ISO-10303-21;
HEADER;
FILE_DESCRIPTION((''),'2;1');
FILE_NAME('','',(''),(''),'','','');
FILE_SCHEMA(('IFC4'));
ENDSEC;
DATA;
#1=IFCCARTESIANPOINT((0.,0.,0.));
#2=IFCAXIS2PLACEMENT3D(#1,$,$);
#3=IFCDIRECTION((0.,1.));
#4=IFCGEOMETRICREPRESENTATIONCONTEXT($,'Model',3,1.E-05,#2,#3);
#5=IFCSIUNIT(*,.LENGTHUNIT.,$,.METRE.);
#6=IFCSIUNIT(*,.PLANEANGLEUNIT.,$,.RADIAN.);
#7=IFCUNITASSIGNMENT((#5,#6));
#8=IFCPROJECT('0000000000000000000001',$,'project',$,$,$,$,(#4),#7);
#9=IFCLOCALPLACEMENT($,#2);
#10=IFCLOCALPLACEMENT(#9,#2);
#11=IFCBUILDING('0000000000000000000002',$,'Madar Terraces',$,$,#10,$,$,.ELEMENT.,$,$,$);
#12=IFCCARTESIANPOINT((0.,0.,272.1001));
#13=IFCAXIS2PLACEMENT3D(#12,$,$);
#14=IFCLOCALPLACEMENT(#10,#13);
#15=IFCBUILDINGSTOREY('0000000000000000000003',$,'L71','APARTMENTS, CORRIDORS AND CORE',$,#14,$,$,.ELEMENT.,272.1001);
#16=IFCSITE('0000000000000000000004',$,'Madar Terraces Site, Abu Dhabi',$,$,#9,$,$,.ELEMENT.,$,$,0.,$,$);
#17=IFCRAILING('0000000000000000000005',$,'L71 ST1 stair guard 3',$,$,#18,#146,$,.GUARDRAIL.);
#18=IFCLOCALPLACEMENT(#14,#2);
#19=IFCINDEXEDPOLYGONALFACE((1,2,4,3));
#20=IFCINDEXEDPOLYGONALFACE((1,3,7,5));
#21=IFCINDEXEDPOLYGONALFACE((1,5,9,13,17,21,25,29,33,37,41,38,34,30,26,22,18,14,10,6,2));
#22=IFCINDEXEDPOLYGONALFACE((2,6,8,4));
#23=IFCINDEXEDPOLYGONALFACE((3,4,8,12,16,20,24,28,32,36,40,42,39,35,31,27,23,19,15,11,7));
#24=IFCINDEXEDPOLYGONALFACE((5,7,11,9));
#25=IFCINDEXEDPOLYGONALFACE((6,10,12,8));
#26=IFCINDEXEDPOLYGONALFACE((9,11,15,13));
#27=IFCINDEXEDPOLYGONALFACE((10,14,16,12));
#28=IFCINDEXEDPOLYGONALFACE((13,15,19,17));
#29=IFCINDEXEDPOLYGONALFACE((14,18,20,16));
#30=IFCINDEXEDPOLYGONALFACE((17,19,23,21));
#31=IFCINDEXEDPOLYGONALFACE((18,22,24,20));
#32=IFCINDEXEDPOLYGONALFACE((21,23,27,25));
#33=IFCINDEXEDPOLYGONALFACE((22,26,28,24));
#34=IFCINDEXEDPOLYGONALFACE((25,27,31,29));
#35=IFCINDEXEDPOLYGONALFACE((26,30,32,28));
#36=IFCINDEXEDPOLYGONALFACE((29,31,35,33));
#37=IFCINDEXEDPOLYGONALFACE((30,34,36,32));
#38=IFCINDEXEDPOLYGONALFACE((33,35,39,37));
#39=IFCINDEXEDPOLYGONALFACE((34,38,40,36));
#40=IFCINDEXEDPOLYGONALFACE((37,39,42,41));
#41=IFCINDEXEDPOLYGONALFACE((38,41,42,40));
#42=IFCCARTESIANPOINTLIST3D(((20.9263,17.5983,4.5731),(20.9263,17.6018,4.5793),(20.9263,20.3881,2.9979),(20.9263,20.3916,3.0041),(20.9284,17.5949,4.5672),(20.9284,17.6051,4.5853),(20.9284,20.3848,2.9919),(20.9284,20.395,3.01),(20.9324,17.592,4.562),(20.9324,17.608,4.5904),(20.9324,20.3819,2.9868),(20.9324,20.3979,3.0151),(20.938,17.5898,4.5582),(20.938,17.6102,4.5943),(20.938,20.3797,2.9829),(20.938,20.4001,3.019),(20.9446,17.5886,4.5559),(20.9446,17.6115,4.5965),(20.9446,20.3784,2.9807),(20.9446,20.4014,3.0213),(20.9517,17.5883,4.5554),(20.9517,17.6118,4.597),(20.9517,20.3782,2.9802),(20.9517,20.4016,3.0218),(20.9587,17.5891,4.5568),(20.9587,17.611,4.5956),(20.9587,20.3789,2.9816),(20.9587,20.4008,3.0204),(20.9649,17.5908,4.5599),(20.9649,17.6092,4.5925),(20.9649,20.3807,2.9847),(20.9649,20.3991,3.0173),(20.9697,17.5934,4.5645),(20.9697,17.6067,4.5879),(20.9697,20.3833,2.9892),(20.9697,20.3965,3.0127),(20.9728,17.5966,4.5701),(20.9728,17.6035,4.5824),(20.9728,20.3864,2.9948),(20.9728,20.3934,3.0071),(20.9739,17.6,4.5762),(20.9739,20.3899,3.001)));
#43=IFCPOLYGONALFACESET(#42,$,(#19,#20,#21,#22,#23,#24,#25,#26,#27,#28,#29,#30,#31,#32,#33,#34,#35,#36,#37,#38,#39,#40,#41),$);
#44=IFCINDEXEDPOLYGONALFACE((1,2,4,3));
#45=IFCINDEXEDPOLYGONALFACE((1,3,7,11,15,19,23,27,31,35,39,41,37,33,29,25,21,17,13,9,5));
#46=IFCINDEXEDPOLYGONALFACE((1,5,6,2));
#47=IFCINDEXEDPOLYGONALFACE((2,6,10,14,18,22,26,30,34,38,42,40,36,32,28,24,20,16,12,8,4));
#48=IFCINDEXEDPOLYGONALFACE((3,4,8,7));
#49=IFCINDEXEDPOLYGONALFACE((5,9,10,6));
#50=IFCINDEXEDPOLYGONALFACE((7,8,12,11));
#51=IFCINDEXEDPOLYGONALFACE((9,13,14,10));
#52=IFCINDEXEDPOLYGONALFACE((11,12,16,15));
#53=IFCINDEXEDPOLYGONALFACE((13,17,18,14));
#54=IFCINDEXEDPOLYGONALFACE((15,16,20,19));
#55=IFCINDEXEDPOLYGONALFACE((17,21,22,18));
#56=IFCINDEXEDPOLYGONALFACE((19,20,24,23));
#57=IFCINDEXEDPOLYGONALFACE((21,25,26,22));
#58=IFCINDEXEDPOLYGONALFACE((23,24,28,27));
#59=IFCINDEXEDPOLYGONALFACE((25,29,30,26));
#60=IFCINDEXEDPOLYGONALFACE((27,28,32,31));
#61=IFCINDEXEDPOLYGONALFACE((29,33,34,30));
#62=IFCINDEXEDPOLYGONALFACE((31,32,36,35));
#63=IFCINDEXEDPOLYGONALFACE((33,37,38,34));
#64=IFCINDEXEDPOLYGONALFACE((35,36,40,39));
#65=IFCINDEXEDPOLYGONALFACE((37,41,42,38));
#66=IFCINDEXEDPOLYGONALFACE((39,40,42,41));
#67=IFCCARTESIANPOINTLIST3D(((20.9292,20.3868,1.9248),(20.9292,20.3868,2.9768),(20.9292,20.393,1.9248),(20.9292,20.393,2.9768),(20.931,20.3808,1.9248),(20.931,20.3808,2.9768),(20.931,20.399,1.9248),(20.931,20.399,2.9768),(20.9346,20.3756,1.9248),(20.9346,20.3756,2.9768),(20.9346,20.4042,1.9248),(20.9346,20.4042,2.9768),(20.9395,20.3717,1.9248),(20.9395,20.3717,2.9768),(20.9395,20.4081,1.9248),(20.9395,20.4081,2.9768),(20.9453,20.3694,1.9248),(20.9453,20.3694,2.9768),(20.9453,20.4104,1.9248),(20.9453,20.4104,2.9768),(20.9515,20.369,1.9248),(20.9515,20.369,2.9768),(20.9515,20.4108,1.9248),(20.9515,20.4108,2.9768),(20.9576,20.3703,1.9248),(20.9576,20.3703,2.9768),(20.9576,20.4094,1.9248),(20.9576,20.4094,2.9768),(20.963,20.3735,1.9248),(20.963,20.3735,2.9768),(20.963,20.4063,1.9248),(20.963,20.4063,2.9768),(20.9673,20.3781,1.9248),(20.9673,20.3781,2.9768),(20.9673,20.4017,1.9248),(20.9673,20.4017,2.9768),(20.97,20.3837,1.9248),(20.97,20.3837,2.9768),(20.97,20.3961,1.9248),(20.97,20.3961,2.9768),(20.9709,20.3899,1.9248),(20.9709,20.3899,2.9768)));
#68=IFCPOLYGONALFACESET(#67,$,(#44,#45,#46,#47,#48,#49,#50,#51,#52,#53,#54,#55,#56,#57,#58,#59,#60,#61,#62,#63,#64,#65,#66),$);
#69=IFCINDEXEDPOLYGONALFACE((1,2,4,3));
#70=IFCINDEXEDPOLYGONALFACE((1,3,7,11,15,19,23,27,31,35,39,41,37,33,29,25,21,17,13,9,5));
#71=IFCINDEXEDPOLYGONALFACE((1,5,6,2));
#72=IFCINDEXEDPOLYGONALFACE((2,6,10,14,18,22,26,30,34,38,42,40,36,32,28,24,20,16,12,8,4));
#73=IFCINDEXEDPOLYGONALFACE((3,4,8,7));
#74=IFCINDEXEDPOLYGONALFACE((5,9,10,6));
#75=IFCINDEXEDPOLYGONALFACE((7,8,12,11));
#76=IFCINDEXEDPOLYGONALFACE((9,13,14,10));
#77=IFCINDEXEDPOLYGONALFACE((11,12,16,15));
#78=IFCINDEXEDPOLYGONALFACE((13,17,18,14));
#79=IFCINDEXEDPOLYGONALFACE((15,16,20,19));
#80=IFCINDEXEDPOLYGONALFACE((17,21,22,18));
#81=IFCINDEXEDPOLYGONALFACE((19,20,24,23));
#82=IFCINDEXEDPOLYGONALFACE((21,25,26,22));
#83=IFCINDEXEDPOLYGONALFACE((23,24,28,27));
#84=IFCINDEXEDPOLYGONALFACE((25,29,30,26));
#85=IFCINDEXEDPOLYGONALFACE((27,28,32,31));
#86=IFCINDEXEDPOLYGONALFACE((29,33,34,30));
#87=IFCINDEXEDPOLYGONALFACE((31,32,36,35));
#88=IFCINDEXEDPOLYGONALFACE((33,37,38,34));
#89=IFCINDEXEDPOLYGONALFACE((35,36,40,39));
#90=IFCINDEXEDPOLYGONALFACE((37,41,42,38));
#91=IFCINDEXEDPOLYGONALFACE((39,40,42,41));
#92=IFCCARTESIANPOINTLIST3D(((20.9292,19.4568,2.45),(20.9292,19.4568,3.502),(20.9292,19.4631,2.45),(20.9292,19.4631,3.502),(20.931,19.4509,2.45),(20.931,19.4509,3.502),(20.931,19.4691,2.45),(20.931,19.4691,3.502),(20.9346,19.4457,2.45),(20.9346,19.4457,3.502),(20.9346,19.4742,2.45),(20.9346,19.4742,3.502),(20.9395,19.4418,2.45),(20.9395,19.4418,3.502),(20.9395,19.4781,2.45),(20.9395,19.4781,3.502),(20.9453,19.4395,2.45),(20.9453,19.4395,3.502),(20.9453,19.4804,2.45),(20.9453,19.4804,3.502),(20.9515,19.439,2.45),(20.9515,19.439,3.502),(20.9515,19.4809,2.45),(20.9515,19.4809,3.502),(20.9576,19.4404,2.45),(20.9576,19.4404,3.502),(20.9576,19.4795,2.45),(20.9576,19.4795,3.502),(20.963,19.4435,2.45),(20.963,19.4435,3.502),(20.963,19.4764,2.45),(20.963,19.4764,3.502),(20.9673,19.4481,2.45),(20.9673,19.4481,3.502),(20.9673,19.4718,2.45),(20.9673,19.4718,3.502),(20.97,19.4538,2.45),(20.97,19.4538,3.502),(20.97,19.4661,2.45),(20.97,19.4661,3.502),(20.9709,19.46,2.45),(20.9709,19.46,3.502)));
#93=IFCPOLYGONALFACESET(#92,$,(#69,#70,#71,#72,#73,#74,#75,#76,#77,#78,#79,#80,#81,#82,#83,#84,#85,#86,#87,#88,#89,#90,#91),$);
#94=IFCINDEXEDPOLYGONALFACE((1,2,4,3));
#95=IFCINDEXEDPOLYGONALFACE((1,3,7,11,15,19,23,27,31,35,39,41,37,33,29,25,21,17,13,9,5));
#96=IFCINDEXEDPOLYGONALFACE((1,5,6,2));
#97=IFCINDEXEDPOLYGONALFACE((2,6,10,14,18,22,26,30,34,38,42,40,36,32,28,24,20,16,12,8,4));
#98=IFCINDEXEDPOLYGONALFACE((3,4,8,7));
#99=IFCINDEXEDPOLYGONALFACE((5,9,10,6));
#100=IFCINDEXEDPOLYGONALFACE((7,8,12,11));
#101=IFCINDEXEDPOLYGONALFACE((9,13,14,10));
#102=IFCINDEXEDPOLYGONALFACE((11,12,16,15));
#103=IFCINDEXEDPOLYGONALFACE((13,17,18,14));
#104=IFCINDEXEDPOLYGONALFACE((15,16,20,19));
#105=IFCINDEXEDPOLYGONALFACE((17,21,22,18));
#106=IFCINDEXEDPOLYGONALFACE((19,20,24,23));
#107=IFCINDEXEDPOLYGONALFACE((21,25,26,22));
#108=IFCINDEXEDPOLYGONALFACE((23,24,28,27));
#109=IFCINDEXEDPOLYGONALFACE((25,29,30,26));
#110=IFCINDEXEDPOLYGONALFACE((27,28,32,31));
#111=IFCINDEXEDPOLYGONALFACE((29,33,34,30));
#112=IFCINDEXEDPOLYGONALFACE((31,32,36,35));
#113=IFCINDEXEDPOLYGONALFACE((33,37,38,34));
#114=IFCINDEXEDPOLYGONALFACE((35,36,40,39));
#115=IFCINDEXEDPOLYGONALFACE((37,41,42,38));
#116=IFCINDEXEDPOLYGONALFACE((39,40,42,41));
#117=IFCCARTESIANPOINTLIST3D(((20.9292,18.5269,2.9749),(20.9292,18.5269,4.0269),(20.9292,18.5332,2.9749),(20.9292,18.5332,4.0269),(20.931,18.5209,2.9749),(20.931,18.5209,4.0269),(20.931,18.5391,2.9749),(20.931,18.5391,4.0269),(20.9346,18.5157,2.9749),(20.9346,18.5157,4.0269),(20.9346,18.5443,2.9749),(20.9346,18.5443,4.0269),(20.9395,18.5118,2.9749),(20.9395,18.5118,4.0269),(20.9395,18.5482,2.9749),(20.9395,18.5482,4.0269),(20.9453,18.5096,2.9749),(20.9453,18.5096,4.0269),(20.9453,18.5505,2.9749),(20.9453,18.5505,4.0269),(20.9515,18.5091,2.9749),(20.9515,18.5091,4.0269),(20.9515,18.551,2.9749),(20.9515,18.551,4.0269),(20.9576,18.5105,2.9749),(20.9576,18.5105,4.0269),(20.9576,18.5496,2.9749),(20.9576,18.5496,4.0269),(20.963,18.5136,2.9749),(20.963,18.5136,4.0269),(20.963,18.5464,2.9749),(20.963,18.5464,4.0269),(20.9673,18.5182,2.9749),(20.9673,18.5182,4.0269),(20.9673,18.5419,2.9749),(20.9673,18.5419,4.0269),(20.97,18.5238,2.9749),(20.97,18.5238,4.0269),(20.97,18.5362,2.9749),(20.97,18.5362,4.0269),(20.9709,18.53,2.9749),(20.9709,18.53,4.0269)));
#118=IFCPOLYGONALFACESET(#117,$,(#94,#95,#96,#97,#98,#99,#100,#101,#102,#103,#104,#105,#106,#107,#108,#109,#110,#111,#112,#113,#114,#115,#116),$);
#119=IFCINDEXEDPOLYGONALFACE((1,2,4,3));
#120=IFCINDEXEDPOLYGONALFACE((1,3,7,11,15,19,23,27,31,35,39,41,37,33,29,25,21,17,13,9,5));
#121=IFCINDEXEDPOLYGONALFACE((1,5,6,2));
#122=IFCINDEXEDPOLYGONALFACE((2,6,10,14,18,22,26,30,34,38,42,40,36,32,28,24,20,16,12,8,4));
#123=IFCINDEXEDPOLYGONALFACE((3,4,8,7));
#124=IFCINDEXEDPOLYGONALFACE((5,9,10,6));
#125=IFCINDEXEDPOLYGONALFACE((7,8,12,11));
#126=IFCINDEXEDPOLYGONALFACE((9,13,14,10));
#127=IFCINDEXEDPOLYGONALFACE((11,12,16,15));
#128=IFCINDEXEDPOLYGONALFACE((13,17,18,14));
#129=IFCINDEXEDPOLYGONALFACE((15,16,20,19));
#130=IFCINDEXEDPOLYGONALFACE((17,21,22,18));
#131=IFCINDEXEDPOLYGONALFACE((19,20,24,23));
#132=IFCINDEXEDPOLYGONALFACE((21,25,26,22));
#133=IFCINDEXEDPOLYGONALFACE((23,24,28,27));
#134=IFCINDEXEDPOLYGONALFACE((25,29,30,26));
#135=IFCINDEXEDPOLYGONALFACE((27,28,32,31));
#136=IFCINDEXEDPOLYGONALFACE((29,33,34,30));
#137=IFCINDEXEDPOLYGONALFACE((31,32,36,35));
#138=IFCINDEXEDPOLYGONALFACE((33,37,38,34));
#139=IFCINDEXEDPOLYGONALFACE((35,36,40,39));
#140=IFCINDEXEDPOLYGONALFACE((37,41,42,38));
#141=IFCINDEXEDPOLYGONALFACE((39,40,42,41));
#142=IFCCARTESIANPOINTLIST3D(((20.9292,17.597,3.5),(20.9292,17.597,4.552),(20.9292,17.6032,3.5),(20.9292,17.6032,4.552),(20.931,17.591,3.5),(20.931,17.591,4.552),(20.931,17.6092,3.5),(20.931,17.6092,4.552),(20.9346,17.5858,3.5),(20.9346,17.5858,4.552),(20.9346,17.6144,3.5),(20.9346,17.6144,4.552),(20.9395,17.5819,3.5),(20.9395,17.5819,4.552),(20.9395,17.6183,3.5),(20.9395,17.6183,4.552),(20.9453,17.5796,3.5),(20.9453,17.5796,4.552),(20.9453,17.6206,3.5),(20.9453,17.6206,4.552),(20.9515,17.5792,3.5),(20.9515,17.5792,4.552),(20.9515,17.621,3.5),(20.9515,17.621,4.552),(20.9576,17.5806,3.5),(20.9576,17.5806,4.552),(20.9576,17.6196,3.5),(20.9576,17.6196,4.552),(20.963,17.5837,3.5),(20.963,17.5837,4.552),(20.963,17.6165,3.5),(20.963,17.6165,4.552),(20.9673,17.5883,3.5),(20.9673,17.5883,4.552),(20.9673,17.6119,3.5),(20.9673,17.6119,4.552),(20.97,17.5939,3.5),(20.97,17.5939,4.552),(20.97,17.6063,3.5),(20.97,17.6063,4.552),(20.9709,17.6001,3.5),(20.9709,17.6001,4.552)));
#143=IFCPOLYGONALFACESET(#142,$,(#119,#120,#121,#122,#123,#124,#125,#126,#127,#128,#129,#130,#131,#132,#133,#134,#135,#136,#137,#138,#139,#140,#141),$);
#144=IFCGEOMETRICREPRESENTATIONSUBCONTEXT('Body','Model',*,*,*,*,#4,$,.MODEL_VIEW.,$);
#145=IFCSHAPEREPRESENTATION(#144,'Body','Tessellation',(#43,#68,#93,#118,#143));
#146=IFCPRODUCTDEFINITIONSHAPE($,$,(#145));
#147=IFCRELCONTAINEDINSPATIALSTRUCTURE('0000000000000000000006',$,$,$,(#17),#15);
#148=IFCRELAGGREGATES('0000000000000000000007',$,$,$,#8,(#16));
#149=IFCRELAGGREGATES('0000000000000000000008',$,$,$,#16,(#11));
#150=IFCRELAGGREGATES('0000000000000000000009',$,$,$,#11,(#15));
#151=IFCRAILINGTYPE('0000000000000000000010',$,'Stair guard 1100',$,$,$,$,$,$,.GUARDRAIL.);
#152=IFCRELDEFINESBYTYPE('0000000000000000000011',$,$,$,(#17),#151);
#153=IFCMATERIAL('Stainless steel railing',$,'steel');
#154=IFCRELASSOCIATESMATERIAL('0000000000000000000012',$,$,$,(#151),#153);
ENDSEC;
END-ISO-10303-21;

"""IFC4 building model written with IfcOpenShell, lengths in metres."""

from ifc_helpers import new_model, si_unit, direction, frame, origin, origin_2d, place, context, subcontext, project, spatial, circle, extrude, material, type_object, element, save


model = new_model("IFC4")

# Units and contexts
model_context = context("Model", 3, precision=1e-05, world=origin(), true_north=direction((0.0, 1.0)))
body_context = subcontext(model_context, "Body", "Model", "MODEL_VIEW")
ifc_project = project(units=[si_unit("LENGTHUNIT", "METRE"), si_unit("PLANEANGLEUNIT", "RADIAN")], contexts=[model_context])

# Site, building, storey
site_placement = place(None, origin())
site = spatial("IfcSite", under=ifc_project, at=site_placement, Name="Madar Terraces Site, Abu Dhabi", CompositionType="ELEMENT", RefElevation=0.0)
building_placement = place(site_placement, origin())
building = spatial("IfcBuilding", under=site, at=building_placement, Name="Madar Terraces", CompositionType="ELEMENT")
storey_placement = place(building_placement, frame((0.0, 0.0, 272.1001)))
storey = spatial("IfcBuildingStorey", under=building, at=storey_placement, Name="L71", Description="APARTMENTS, CORRIDORS AND CORE", CompositionType="ELEMENT", Elevation=272.1001)

# Railing
ifc_material_1 = material(Name="Stainless steel railing", Category="steel")
railing_type_1 = type_object("IfcRailingType", Name="Stair guard 1100", PredefinedType="GUARDRAIL", material=ifc_material_1)
railing_1_placement = place(storey_placement, frame((20.95, 20.3899, 1.9248)))
element("IfcRailing", 1, at=railing_1_placement, inside=storey, type_object=railing_type_1, Name="L71 ST1 stair guard 3", PredefinedType="GUARDRAIL", context=body_context, shape_type="SweptSolid", body=[
    extrude(circle(Radius=0.0239, at=origin_2d()), frame((0.0, 0.0, 1.0762), z_axis=(0.0, -0.870783, 0.491668), x_axis=(1.0, 0.0, 0.0)), (0.0, 0.0, 1.0), 3.2039),
    extrude(circle(Radius=0.021, at=origin_2d()), origin(), (0.0, 0.0, 1.0), 1.052),
    extrude(circle(Radius=0.021, at=origin_2d()), frame((0.0, -0.9299, 0.5251)), (0.0, 0.0, 1.0), 1.052),
    extrude(circle(Radius=0.021, at=origin_2d()), frame((0.0, -1.8599, 1.05)), (0.0, 0.0, 1.0), 1.052),
    extrude(circle(Radius=0.021, at=origin_2d()), frame((0.0, -2.7898, 1.5752)), (0.0, 0.0, 1.0), 1.052),
])

save(model, "model.ifc")
